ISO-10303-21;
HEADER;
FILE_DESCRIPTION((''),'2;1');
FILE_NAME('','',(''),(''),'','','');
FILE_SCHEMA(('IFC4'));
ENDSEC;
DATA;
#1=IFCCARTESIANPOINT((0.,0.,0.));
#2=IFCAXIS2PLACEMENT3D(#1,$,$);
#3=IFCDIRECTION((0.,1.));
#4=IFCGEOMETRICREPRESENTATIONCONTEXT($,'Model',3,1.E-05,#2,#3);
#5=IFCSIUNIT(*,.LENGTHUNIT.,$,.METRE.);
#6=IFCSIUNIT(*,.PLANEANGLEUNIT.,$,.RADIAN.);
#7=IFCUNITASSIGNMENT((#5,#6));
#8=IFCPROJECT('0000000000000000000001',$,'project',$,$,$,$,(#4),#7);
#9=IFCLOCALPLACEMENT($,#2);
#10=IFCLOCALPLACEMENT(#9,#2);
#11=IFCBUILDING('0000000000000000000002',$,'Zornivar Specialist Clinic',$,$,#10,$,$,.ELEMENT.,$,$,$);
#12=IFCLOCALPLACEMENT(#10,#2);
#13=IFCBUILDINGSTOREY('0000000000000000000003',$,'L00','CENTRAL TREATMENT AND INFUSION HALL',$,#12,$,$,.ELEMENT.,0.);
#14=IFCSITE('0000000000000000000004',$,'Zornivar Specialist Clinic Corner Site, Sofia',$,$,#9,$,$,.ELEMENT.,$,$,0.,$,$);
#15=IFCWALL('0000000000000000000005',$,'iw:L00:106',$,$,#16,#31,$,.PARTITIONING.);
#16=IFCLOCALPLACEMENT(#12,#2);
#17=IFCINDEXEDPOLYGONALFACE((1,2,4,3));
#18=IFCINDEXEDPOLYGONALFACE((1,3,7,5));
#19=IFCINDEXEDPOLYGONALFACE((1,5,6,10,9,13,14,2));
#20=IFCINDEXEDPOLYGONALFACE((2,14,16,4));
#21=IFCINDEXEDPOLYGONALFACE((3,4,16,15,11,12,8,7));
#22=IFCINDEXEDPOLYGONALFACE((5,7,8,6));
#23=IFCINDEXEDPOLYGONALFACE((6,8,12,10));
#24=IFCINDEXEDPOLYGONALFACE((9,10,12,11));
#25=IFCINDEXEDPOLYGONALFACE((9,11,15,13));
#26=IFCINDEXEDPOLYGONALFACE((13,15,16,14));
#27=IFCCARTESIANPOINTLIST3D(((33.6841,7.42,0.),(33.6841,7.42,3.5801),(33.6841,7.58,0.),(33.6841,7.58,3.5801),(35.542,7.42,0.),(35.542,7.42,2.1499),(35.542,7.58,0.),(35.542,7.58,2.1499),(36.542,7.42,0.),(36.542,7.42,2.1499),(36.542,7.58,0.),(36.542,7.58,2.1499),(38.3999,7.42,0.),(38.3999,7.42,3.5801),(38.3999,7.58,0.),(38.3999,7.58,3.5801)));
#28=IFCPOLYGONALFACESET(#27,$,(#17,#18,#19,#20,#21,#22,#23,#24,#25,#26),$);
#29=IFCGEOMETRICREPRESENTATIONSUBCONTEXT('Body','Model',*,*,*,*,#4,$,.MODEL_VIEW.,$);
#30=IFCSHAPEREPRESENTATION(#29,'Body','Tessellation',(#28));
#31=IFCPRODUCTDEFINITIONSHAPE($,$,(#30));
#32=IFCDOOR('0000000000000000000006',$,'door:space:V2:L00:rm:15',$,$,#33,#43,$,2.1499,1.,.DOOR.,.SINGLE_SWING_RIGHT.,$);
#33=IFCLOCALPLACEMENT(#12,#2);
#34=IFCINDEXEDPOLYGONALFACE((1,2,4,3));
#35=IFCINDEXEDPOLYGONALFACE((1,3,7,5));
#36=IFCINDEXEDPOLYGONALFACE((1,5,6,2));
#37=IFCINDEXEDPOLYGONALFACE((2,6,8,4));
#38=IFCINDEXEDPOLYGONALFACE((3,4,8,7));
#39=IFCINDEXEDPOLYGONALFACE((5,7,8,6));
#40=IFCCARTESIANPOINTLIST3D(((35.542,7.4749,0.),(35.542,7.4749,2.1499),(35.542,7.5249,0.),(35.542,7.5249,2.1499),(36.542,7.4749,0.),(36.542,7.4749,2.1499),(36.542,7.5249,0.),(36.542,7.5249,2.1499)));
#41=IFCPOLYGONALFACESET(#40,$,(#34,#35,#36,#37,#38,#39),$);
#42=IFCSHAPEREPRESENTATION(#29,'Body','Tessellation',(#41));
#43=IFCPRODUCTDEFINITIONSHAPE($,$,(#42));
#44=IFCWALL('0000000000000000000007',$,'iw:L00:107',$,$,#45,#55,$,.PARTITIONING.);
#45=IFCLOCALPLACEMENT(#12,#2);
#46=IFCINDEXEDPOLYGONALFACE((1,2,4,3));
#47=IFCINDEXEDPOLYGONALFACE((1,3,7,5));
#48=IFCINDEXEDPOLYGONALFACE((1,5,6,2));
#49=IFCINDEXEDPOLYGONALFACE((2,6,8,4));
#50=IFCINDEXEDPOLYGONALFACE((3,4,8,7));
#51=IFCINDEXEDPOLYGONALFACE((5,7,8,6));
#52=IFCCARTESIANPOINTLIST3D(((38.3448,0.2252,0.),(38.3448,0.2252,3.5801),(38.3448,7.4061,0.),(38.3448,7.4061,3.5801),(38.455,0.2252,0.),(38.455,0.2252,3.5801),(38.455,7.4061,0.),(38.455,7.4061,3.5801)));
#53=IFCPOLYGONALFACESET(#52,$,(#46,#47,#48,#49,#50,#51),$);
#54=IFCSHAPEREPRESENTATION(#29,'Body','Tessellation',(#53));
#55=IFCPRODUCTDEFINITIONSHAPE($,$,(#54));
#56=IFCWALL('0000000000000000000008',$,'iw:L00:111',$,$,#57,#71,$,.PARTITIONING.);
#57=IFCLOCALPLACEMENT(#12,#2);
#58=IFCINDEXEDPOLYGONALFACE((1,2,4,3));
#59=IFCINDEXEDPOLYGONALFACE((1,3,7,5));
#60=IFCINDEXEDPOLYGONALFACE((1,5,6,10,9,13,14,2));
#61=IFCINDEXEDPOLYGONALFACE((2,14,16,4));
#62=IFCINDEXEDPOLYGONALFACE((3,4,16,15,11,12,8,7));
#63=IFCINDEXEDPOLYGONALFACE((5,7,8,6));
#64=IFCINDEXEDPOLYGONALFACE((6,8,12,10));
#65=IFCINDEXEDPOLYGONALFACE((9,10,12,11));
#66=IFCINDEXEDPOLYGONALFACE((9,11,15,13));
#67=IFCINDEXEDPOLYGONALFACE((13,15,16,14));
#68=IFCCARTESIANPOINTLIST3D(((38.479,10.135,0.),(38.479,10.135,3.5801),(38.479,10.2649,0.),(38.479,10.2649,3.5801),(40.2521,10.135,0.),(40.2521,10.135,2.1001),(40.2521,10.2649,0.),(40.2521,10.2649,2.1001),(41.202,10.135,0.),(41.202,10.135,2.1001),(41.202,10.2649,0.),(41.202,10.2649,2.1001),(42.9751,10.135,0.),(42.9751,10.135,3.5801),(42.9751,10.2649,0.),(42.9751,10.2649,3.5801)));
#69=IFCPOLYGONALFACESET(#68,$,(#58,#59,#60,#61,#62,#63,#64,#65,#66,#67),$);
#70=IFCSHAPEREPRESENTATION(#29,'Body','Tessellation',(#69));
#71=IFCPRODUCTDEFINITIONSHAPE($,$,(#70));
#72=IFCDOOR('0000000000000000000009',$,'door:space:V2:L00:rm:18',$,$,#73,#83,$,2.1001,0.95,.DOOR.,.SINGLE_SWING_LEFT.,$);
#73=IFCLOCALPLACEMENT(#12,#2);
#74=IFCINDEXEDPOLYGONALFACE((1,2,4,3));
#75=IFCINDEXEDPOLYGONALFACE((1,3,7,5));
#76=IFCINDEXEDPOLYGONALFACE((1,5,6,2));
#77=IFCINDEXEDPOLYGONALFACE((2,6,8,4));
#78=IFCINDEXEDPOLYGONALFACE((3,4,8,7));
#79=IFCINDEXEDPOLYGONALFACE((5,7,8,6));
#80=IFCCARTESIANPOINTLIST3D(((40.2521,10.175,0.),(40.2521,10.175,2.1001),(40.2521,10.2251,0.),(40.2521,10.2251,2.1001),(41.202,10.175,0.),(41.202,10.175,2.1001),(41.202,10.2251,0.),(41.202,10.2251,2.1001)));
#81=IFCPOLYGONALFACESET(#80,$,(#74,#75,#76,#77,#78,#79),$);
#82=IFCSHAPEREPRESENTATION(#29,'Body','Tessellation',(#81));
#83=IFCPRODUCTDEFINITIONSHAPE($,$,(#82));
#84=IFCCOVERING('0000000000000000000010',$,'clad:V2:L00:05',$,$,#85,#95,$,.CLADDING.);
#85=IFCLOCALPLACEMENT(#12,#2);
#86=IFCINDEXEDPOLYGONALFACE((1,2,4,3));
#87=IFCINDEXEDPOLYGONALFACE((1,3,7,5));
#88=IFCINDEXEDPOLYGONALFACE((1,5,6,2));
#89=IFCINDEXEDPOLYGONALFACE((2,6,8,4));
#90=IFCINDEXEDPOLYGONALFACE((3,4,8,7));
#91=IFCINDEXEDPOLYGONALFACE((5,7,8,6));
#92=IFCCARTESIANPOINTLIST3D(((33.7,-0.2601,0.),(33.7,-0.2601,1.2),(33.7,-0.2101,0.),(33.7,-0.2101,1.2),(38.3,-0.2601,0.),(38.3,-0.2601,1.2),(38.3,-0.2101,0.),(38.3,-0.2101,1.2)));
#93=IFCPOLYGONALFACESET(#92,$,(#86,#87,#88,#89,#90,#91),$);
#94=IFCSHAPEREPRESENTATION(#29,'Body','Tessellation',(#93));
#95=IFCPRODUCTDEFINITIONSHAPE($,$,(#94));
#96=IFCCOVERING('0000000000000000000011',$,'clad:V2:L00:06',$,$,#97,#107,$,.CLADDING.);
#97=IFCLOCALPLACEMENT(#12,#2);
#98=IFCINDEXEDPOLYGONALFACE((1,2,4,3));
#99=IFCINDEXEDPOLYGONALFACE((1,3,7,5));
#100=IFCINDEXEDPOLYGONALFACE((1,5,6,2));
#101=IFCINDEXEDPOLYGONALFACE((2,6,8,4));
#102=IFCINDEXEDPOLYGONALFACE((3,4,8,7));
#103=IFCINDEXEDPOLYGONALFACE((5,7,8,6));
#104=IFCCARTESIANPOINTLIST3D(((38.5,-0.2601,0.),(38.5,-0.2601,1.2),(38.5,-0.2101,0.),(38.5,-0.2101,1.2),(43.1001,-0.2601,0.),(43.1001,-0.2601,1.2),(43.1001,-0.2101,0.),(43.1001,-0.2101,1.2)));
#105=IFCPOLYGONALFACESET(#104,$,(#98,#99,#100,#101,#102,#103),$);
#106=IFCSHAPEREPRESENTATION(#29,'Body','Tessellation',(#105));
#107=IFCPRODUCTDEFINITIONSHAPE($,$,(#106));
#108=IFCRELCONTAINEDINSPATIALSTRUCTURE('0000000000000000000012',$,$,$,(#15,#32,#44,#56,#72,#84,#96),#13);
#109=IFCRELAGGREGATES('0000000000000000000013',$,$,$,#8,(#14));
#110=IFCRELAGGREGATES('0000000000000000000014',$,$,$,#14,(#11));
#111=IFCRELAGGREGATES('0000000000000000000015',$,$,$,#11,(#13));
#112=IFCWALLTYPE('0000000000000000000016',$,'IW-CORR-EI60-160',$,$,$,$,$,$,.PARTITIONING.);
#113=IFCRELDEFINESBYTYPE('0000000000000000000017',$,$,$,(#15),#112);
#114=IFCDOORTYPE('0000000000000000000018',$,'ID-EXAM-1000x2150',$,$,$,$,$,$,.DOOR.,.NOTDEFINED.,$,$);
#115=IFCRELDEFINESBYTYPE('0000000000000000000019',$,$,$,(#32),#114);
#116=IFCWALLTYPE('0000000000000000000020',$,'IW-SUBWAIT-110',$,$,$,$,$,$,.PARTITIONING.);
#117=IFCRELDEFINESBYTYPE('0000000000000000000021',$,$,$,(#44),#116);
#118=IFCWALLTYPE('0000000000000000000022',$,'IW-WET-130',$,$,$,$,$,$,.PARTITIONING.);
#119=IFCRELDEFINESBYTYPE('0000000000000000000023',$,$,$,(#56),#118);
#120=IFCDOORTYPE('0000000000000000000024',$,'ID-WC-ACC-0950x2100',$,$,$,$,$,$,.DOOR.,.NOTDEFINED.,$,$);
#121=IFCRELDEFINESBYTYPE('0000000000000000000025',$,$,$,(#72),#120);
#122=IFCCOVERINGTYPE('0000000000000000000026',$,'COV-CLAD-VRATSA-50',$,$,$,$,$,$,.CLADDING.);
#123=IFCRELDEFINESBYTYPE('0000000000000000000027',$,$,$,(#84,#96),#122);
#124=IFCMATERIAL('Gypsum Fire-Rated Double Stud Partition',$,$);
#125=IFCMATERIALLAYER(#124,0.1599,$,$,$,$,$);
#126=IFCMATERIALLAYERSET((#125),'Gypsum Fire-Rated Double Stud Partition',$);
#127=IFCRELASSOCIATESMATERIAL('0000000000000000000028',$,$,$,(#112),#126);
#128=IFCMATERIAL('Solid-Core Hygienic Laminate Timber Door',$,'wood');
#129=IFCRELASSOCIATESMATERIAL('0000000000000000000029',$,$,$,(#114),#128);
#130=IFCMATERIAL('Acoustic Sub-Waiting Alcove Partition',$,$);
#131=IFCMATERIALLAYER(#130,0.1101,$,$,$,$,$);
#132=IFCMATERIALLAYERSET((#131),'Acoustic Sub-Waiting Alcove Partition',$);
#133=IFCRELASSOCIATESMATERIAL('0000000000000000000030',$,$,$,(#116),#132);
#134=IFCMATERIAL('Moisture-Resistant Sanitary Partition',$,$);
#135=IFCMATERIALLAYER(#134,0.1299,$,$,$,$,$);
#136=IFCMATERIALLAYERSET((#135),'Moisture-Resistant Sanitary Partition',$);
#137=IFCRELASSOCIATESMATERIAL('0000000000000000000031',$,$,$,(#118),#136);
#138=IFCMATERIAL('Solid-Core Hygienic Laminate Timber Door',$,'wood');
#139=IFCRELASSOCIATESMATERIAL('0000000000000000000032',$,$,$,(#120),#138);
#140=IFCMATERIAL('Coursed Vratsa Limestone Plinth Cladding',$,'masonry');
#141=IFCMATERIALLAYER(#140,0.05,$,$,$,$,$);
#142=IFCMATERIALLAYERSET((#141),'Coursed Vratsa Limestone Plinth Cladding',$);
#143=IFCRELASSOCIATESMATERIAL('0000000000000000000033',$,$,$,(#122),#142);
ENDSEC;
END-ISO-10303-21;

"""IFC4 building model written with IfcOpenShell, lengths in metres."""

from ifc_helpers import new_model, si_unit, direction, frame, frame_2d, origin, origin_2d, place, context, subcontext, project, spatial, rectangle, extrude, material, layer, layer_set, type_object, element, fill, save


model = new_model("IFC4")

# Units and contexts
model_context = context("Model", 3, precision=1e-05, world=origin(), true_north=direction((0.0, 1.0)))
body_context = subcontext(model_context, "Body", "Model", "MODEL_VIEW")
ifc_project = project(units=[si_unit("LENGTHUNIT", "METRE"), si_unit("PLANEANGLEUNIT", "RADIAN")], contexts=[model_context])

# Site, building, storey
site_placement = place(None, origin())
site = spatial("IfcSite", under=ifc_project, at=site_placement, Name="Zornivar Specialist Clinic Corner Site, Sofia", CompositionType="ELEMENT", RefElevation=0.0)
building_placement = place(site_placement, origin())
building = spatial("IfcBuilding", under=site, at=building_placement, Name="Zornivar Specialist Clinic", CompositionType="ELEMENT")
storey_placement = place(building_placement, origin())
storey = spatial("IfcBuildingStorey", under=building, at=storey_placement, Name="L00", Description="CENTRAL TREATMENT AND INFUSION HALL", CompositionType="ELEMENT", Elevation=0.0)

# Wall, opening, door
ifc_material_1 = material(Name="Gypsum Fire-Rated Double Stud Partition")
ifc_layer_1 = layer(ifc_material_1, 0.1599)
ifc_layer_set_1 = layer_set([ifc_layer_1], Name="Gypsum Fire-Rated Double Stud Partition")
wall_type_1 = type_object("IfcWallType", Name="IW-CORR-EI60-160", PredefinedType="PARTITIONING", material=ifc_layer_set_1)
wall_1_placement = place(storey_placement, frame((33.6841, 7.5, 0.0), z_axis=(0.0, 0.0, 1.0), x_axis=(1.0, 0.0, 0.0)))
wall_1 = element("IfcWall", 1, at=wall_1_placement, inside=storey, type_object=wall_type_1, Name="iw:L00:106", PredefinedType="PARTITIONING", context=body_context, shape_type="SweptSolid", body=[
    extrude(rectangle(XDim=4.7158, YDim=0.1599, at=frame_2d((2.3579, 0.0))), origin(), (0.0, 0.0, 1.0), 3.5801),
])
opening_1_placement = place(wall_1_placement, frame((1.8579, 0.0, 0.0)))
opening_1 = element("IfcOpeningElement", 2, at=opening_1_placement, cuts=wall_1, PredefinedType="OPENING", context=body_context, shape_type="SweptSolid", body=[
    extrude(rectangle(XDim=1.0, YDim=2.1499, at=frame_2d((0.5, 1.075))), frame((0.0, 0.0898, 0.0), z_axis=(0.0, -1.0, 0.0), x_axis=(1.0, 0.0, 0.0)), (0.0, 0.0, 1.0), 0.1799),
])
ifc_material_2 = material(Name="Solid-Core Hygienic Laminate Timber Door", Category="wood")
door_type_1 = type_object("IfcDoorType", Name="ID-EXAM-1000x2150", OperationType="NOTDEFINED", PredefinedType="DOOR", material=ifc_material_2)
door_1_placement = place(opening_1_placement, origin())
door_1 = element("IfcDoor", 3, at=door_1_placement, inside=storey, type_object=door_type_1, Name="door:space:V2:L00:rm:15", OperationType="SINGLE_SWING_RIGHT", OverallHeight=2.1499, OverallWidth=1.0, PredefinedType="DOOR", context=body_context, shape_type="SweptSolid", body=[
    extrude(rectangle(XDim=1.0, YDim=2.1499, at=frame_2d((0.5, 1.075))), frame((0.0, 0.0249, 0.0), z_axis=(0.0, -1.0, 0.0), x_axis=(1.0, 0.0, 0.0)), (0.0, 0.0, 1.0), 0.05),
])
fill(opening_1, door_1)

# Wall
ifc_material_3 = material(Name="Acoustic Sub-Waiting Alcove Partition")
ifc_layer_2 = layer(ifc_material_3, 0.1101)
ifc_layer_set_2 = layer_set([ifc_layer_2], Name="Acoustic Sub-Waiting Alcove Partition")
wall_type_2 = type_object("IfcWallType", Name="IW-SUBWAIT-110", PredefinedType="PARTITIONING", material=ifc_layer_set_2)
wall_2_placement = place(storey_placement, frame((38.3999, 7.406, 0.0), z_axis=(0.0, 0.0, 1.0), x_axis=(0.0, -1.0, 0.0)))
element("IfcWall", 4, at=wall_2_placement, inside=storey, type_object=wall_type_2, Name="iw:L00:107", PredefinedType="PARTITIONING", context=body_context, shape_type="SweptSolid", body=[
    extrude(rectangle(XDim=7.1809, YDim=0.1101, at=frame_2d((3.5903, 0.0))), origin(), (0.0, 0.0, 1.0), 3.5801),
])

# Wall, opening, door
ifc_material_4 = material(Name="Moisture-Resistant Sanitary Partition")
ifc_layer_3 = layer(ifc_material_4, 0.1299)
ifc_layer_set_3 = layer_set([ifc_layer_3], Name="Moisture-Resistant Sanitary Partition")
wall_type_3 = type_object("IfcWallType", Name="IW-WET-130", PredefinedType="PARTITIONING", material=ifc_layer_set_3)
wall_3_placement = place(storey_placement, frame((42.9751, 10.2, 0.0), z_axis=(0.0, 0.0, 1.0), x_axis=(-1.0, 0.0, 0.0)))
wall_3 = element("IfcWall", 5, at=wall_3_placement, inside=storey, type_object=wall_type_3, Name="iw:L00:111", PredefinedType="PARTITIONING", context=body_context, shape_type="SweptSolid", body=[
    extrude(rectangle(XDim=4.4961, YDim=0.1299, at=frame_2d((2.248, 0.0))), origin(), (0.0, 0.0, 1.0), 3.5801),
])
opening_2_placement = place(wall_3_placement, frame((1.7729, 0.0, 0.0)))
opening_2 = element("IfcOpeningElement", 6, at=opening_2_placement, cuts=wall_3, PredefinedType="OPENING", context=body_context, shape_type="SweptSolid", body=[
    extrude(rectangle(XDim=0.95, YDim=2.1001, at=frame_2d((0.4751, 1.05))), frame((0.0, 0.075, 0.0), z_axis=(0.0, -1.0, 0.0), x_axis=(1.0, 0.0, 0.0)), (0.0, 0.0, 1.0), 0.1499),
])
ifc_material_5 = material(Name="Solid-Core Hygienic Laminate Timber Door", Category="wood")
door_type_2 = type_object("IfcDoorType", Name="ID-WC-ACC-0950x2100", OperationType="NOTDEFINED", PredefinedType="DOOR", material=ifc_material_5)
door_2_placement = place(opening_2_placement, origin())
door_2 = element("IfcDoor", 7, at=door_2_placement, inside=storey, type_object=door_type_2, Name="door:space:V2:L00:rm:18", OperationType="SINGLE_SWING_LEFT", OverallHeight=2.1001, OverallWidth=0.95, PredefinedType="DOOR", context=body_context, shape_type="SweptSolid", body=[
    extrude(rectangle(XDim=0.95, YDim=2.1001, at=frame_2d((0.4751, 1.05))), frame((0.0, 0.0249, 0.0), z_axis=(0.0, -1.0, 0.0), x_axis=(1.0, 0.0, 0.0)), (0.0, 0.0, 1.0), 0.05),
])
fill(opening_2, door_2)

# Coverings
ifc_material_6 = material(Name="Coursed Vratsa Limestone Plinth Cladding", Category="masonry")
ifc_layer_4 = layer(ifc_material_6, 0.05)
ifc_layer_set_4 = layer_set([ifc_layer_4], Name="Coursed Vratsa Limestone Plinth Cladding")
covering_type = type_object("IfcCoveringType", Name="COV-CLAD-VRATSA-50", PredefinedType="CLADDING", material=ifc_layer_set_4)
for number, where, z_axis, x_axis, name in (
    (8, (36.0, -0.2351, 0.0), (0.0, 0.0, 1.0), (1.0, 0.0, 0.0), "clad:V2:L00:05"),
    (9, (40.8, -0.2351, 0.0), (0.0, 0.0, 1.0), (1.0, 0.0, 0.0), "clad:V2:L00:06"),
):
    element("IfcCovering", number, at=place(storey_placement, frame(where, z_axis=z_axis, x_axis=x_axis)), inside=storey, type_object=covering_type, Name=name, PredefinedType="CLADDING", context=body_context, shape_type="SweptSolid", body=[
        extrude(rectangle(XDim=4.6001, YDim=0.05, at=origin_2d()), origin(), (0.0, 0.0, 1.0), 1.2),
    ])

save(model, "model.ifc")
